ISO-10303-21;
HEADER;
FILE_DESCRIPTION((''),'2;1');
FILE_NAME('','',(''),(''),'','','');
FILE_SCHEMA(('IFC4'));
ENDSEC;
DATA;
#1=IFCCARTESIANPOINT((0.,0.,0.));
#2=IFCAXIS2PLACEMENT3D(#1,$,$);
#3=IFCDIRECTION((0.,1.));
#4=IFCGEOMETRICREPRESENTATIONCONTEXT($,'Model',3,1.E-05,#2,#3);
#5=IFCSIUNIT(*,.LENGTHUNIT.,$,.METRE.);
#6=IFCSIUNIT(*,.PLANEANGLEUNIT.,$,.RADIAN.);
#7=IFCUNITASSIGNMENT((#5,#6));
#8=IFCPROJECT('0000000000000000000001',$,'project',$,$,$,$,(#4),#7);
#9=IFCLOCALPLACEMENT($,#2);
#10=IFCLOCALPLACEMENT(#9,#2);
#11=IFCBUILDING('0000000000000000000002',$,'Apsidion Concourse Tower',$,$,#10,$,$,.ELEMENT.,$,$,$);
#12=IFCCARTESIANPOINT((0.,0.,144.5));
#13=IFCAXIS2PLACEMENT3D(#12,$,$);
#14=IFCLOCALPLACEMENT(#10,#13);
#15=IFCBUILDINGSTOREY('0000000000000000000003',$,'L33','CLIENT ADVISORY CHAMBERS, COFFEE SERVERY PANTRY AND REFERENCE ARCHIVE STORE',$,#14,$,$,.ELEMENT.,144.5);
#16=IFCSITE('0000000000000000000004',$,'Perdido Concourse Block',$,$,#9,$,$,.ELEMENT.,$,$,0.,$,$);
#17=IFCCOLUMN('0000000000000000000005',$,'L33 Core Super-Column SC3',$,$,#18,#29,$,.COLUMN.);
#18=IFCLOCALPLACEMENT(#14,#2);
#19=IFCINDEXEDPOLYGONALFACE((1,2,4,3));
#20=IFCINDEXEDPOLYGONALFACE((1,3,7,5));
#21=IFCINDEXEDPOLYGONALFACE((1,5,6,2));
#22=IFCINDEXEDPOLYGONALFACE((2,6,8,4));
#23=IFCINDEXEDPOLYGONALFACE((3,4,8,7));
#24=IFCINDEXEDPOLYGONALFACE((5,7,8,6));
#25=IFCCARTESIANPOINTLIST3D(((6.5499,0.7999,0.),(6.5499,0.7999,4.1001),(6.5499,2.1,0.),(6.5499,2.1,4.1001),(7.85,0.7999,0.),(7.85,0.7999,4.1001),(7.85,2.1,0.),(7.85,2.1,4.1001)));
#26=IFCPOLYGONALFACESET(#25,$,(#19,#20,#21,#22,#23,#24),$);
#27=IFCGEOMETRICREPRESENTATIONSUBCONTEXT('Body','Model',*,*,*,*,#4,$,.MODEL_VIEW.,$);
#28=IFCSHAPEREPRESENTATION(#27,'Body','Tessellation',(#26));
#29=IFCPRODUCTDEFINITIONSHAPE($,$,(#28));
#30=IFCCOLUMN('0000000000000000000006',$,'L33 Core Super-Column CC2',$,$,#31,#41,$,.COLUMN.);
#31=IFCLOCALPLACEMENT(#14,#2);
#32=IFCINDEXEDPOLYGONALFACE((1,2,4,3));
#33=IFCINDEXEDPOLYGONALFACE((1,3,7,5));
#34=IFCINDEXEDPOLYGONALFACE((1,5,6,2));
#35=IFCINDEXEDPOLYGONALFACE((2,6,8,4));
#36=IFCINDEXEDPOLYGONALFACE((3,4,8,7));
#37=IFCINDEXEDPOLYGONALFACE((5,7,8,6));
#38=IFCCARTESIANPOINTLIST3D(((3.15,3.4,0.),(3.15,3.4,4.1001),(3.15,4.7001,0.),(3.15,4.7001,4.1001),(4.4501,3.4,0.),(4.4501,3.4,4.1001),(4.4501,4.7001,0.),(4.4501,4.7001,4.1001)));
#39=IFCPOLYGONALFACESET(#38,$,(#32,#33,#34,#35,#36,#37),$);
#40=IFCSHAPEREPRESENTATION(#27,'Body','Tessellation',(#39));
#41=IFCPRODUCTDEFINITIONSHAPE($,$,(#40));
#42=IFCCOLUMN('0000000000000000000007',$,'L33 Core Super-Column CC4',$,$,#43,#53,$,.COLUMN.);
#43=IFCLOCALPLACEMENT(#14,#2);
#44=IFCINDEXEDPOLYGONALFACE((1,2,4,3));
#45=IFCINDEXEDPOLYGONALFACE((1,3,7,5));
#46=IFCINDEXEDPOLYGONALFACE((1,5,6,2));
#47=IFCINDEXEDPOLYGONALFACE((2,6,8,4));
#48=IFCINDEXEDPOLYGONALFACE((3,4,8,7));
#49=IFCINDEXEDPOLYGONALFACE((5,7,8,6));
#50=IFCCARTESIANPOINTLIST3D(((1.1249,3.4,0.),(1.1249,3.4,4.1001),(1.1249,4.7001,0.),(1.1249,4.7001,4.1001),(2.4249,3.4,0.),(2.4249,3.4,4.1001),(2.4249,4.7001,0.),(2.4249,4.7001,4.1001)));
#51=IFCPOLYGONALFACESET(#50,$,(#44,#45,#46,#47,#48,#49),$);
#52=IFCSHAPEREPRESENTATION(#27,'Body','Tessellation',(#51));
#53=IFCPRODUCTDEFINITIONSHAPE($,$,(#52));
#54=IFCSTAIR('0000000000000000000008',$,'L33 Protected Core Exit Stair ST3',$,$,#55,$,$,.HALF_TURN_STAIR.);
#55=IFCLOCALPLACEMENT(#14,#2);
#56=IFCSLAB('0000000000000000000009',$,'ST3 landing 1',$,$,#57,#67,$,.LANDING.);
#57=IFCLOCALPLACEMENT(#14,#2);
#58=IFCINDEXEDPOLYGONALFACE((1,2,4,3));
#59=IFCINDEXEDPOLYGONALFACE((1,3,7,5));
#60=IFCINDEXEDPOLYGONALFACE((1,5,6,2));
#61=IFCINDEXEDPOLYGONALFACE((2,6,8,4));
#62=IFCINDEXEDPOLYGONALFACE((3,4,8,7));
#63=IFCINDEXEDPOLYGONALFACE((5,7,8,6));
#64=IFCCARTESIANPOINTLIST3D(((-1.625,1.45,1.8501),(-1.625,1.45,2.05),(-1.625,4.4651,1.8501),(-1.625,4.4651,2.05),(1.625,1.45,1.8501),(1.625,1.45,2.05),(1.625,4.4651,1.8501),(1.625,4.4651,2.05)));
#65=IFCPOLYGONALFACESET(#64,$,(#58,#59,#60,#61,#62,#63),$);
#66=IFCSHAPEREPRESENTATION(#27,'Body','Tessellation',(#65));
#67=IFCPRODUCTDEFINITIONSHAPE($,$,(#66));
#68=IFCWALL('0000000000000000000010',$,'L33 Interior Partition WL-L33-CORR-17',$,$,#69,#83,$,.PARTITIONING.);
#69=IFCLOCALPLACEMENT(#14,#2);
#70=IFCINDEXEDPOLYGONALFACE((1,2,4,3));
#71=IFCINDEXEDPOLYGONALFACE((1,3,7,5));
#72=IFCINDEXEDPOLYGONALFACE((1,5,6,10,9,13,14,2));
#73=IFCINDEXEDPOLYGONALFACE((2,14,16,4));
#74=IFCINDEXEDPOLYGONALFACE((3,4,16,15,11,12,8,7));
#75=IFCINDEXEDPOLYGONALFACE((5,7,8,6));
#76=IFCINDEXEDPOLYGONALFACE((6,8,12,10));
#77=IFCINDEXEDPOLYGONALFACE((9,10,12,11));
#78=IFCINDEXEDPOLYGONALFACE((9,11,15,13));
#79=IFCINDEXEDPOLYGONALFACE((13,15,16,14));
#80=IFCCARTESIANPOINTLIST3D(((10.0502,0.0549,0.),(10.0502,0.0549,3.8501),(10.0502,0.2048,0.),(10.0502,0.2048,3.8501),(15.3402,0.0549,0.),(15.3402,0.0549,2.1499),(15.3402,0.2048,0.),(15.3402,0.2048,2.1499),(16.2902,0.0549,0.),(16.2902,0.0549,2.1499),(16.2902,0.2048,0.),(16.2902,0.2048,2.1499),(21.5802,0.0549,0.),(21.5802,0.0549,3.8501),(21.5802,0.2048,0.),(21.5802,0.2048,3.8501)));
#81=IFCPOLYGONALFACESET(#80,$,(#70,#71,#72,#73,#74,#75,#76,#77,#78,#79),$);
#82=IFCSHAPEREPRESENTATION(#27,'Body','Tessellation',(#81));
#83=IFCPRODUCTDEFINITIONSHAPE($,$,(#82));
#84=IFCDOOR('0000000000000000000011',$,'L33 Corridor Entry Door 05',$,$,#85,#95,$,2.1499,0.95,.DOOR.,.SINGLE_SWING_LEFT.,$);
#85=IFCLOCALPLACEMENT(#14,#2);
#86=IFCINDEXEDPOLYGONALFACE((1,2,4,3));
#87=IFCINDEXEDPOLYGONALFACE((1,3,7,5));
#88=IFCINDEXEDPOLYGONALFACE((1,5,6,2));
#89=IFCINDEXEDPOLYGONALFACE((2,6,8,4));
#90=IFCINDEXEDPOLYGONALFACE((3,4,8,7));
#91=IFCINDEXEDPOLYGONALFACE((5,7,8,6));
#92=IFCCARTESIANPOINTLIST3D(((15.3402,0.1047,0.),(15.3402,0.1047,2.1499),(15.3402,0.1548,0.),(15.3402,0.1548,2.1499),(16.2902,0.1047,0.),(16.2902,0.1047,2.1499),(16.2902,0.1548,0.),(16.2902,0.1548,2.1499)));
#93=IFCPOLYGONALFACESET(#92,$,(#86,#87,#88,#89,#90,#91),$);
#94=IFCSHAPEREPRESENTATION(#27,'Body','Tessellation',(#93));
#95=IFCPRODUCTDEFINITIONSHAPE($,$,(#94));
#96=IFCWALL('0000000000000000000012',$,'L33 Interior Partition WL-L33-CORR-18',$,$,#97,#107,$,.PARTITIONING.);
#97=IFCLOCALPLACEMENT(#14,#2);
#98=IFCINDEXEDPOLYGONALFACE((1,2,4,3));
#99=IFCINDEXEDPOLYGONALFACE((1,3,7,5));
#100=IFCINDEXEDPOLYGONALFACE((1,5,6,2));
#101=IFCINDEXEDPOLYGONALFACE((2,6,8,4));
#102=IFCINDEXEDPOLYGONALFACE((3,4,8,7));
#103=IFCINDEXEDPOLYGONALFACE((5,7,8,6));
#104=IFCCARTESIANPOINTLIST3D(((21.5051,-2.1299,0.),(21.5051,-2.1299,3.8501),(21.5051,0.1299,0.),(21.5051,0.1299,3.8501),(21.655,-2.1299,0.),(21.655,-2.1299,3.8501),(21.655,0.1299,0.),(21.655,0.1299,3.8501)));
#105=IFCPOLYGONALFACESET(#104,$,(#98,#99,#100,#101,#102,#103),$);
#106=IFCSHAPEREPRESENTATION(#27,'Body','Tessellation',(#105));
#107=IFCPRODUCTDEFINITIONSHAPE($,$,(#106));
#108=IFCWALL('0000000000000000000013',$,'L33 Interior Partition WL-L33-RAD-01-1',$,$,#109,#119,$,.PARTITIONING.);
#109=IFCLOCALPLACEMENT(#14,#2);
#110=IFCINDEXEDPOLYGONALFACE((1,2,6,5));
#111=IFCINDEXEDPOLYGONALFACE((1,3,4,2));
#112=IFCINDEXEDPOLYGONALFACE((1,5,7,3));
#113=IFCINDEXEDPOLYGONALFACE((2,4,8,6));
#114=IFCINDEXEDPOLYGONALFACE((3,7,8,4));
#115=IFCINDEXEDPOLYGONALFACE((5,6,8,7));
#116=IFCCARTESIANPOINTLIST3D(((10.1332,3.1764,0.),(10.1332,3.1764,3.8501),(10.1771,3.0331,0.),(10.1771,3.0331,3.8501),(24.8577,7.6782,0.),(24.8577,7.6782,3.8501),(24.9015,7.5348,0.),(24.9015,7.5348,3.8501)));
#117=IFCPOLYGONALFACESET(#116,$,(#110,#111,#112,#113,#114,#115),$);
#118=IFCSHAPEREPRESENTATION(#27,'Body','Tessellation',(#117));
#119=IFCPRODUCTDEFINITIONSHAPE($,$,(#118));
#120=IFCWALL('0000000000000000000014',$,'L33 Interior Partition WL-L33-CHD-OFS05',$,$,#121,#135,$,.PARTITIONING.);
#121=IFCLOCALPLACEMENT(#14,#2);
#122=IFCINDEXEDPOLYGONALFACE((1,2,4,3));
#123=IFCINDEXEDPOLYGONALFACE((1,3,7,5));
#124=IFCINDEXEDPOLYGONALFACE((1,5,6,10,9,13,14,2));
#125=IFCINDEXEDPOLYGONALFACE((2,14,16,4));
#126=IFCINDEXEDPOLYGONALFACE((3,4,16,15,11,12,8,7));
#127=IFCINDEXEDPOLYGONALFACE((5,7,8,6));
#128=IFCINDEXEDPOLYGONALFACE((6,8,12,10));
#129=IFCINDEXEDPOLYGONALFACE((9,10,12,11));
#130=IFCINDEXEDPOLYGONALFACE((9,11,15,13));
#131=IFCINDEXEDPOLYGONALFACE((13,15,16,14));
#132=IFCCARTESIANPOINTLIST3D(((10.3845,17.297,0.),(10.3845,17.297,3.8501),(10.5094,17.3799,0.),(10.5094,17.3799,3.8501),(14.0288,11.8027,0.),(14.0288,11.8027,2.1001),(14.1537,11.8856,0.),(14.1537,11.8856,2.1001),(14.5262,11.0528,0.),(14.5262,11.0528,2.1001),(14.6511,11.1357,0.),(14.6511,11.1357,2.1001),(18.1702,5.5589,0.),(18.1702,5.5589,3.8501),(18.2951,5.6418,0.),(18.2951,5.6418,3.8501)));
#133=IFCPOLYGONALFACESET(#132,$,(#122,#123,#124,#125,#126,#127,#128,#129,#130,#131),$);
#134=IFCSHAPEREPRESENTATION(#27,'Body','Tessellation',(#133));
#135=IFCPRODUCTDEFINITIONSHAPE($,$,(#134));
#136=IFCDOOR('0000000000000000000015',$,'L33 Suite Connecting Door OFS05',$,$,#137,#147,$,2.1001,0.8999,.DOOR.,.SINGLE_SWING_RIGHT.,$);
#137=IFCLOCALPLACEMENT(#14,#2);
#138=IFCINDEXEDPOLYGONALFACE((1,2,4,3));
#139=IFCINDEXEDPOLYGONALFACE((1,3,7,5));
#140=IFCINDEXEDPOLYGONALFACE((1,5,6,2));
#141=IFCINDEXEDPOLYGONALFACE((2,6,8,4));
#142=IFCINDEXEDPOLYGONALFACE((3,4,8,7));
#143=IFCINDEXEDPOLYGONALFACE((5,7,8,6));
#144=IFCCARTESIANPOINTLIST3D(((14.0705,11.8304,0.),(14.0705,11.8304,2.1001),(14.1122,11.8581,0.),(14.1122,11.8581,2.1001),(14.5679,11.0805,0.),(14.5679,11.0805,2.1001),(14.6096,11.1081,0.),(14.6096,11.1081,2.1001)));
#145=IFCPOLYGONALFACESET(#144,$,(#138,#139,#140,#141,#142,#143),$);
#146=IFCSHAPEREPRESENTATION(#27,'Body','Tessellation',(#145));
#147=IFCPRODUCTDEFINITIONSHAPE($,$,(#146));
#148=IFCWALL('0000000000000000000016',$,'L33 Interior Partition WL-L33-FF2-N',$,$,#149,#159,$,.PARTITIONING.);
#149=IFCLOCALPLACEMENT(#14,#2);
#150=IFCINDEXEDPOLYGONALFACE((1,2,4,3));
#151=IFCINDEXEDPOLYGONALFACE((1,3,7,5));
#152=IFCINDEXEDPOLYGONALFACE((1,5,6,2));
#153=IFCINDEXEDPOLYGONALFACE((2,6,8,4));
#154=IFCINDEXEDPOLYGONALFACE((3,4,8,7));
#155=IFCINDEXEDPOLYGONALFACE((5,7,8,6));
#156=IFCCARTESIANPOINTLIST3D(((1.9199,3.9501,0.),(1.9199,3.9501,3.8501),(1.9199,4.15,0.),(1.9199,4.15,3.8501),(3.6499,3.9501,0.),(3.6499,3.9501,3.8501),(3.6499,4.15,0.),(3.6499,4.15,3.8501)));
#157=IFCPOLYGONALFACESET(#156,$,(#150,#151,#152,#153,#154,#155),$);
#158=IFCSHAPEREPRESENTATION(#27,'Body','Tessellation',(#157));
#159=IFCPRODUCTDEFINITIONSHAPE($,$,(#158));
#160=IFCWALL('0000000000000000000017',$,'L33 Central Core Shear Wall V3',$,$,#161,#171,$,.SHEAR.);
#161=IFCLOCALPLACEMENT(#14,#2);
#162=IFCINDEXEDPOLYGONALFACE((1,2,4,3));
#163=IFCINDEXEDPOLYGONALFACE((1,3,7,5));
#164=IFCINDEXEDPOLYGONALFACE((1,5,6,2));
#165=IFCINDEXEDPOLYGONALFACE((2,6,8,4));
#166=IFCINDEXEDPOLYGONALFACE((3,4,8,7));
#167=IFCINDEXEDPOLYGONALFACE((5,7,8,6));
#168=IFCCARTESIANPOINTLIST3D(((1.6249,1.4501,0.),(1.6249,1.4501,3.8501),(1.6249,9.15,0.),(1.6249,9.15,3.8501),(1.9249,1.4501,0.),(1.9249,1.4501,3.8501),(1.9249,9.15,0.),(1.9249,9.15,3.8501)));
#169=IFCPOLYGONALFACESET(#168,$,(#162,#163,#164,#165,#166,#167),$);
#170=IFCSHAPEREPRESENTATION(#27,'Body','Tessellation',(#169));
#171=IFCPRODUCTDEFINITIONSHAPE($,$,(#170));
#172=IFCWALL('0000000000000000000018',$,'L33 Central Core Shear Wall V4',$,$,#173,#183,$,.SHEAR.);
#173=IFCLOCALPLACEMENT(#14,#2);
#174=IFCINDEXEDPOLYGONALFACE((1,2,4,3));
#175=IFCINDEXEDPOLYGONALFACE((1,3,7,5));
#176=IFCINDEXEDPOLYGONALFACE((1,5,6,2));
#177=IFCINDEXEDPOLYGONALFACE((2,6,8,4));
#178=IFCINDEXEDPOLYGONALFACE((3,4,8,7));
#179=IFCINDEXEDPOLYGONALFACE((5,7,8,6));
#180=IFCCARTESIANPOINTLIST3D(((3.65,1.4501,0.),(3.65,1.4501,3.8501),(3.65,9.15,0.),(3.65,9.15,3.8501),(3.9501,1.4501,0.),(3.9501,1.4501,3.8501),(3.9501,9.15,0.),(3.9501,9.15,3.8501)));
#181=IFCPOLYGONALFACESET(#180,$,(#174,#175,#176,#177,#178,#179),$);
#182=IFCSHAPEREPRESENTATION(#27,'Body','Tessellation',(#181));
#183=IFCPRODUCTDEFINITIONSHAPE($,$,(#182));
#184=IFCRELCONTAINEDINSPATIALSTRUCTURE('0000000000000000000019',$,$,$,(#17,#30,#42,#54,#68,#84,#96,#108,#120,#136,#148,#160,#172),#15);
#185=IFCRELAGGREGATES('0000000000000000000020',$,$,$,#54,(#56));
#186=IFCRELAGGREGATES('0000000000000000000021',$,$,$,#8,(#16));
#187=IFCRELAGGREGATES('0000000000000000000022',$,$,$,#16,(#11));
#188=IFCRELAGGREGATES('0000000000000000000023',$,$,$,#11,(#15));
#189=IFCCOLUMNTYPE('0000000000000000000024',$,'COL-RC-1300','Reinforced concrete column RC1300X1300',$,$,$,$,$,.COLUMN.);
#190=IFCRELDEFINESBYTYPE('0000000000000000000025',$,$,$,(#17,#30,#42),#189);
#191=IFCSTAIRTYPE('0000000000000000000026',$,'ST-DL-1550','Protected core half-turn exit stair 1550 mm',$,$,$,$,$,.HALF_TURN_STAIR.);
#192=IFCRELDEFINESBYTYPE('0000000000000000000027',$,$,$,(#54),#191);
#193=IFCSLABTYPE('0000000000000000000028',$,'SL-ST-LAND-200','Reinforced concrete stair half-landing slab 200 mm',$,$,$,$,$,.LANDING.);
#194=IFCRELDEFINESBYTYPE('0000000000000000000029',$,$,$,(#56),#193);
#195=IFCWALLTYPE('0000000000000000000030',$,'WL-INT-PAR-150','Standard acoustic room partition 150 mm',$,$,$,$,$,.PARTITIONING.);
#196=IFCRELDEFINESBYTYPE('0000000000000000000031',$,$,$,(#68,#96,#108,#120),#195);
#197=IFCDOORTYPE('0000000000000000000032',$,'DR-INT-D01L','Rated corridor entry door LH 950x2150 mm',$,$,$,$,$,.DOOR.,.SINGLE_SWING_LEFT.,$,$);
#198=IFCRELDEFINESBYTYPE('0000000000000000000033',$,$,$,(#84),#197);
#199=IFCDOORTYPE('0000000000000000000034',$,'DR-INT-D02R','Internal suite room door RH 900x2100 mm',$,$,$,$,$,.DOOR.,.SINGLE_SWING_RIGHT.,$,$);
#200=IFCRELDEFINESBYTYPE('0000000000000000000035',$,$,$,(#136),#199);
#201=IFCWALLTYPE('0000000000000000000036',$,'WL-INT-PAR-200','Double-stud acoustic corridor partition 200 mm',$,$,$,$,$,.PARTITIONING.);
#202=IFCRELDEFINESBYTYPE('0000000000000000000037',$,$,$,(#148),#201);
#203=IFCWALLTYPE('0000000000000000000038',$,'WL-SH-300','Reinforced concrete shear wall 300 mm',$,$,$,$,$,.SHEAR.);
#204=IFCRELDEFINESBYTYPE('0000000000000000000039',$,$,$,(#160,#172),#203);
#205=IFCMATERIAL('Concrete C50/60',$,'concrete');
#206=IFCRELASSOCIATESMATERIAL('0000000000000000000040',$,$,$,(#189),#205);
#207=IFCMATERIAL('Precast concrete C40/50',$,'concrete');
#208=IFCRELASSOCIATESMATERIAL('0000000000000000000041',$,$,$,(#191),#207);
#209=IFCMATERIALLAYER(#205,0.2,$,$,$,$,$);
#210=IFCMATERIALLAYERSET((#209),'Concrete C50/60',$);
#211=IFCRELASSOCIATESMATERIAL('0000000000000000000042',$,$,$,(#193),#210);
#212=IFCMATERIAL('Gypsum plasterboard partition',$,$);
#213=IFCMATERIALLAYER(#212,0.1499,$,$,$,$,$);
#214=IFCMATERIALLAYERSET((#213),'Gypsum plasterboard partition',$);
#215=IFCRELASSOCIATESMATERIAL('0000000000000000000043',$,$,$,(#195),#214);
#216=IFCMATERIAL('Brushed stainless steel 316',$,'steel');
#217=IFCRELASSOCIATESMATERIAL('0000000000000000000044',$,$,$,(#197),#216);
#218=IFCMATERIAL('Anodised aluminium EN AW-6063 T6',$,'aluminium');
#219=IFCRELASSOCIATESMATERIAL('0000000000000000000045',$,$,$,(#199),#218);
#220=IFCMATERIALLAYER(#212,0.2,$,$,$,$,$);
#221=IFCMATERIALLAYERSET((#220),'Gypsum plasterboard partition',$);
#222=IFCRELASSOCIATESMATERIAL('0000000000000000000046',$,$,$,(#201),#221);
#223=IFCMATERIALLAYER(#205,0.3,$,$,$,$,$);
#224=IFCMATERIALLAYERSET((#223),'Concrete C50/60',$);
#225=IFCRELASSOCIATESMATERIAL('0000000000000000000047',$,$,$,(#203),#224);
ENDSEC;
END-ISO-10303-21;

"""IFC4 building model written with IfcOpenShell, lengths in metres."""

from ifc_helpers import new_model, si_unit, direction, frame, frame_2d, origin, origin_2d, place, context, subcontext, project, spatial, polyline, rectangle, outline, extrude, material, layer, layer_set, material_profile, profile_set, type_object, element, fill, aggregate, save


model = new_model("IFC4")

# Units and contexts
model_context = context("Model", 3, precision=1e-05, world=origin(), true_north=direction((0.0, 1.0)))
body_context = subcontext(model_context, "Body", "Model", "MODEL_VIEW")
ifc_project = project(units=[si_unit("LENGTHUNIT", "METRE"), si_unit("PLANEANGLEUNIT", "RADIAN")], contexts=[model_context])

# Site, building, storey
site_placement = place(None, origin())
site = spatial("IfcSite", under=ifc_project, at=site_placement, Name="Perdido Concourse Block", CompositionType="ELEMENT", RefElevation=0.0)
building_placement = place(site_placement, origin())
building = spatial("IfcBuilding", under=site, at=building_placement, Name="Apsidion Concourse Tower", CompositionType="ELEMENT")
storey_placement = place(building_placement, frame((0.0, 0.0, 144.5)))
storey = spatial("IfcBuildingStorey", under=building, at=storey_placement, Name="L33", Description="CLIENT ADVISORY CHAMBERS, COFFEE SERVERY PANTRY AND REFERENCE ARCHIVE STORE", CompositionType="ELEMENT", Elevation=144.5)

# Columns
ifc_material_1 = material(Name="Concrete C50/60", Category="concrete")
ifc_material_profile = material_profile(ifc_material_1, rectangle(XDim=1.3, YDim=1.3, at=origin_2d()), Name="RC 1300x1300")
ifc_profile_set = profile_set([ifc_material_profile], Name="Concrete C50/60")
column_type = type_object("IfcColumnType", Name="COL-RC-1300", Description="Reinforced concrete column RC1300X1300", PredefinedType="COLUMN", material=ifc_profile_set)
for number, where, z_axis, x_axis, name in (
    (1, (7.2, 1.45, 0.0), (0.0, 0.0, 1.0), (1.0, 0.0, 0.0), "L33 Core Super-Column SC3"),
    (2, (3.8, 4.05, 0.0), (0.0, 0.0, 1.0), (1.0, 0.0, 0.0), "L33 Core Super-Column CC2"),
    (3, (1.7749, 4.05, 0.0), (0.0, 0.0, 1.0), (1.0, 0.0, 0.0), "L33 Core Super-Column CC4"),
):
    element("IfcColumn", number, at=place(storey_placement, frame(where, z_axis=z_axis, x_axis=x_axis)), inside=storey, type_object=column_type, Name=name, PredefinedType="COLUMN", context=body_context, shape_type="SweptSolid", body=[
        extrude(rectangle(XDim=1.3, YDim=1.3, at=origin_2d()), origin(), (0.0, 0.0, 1.0), 4.1001),
    ])

# Stair, slab
ifc_material_2 = material(Name="Precast concrete C40/50", Category="concrete")
stair_type = type_object("IfcStairType", Name="ST-DL-1550", Description="Protected core half-turn exit stair 1550 mm", PredefinedType="HALF_TURN_STAIR", material=ifc_material_2)
stair_1_placement = place(storey_placement, origin())
stair_1 = element("IfcStair", 4, at=stair_1_placement, inside=storey, type_object=stair_type, Name="L33 Protected Core Exit Stair ST3", PredefinedType="HALF_TURN_STAIR")
ifc_layer_1 = layer(ifc_material_1, 0.2)
ifc_layer_set_1 = layer_set([ifc_layer_1], Name="Concrete C50/60")
slab_type = type_object("IfcSlabType", Name="SL-ST-LAND-200", Description="Reinforced concrete stair half-landing slab 200 mm", PredefinedType="LANDING", material=ifc_layer_set_1)
slab_placement = place(storey_placement, frame((0.0, 0.0, 1.8501)))
slab = element("IfcSlab", 5, at=slab_placement, type_object=slab_type, Name="ST3 landing 1", PredefinedType="LANDING", context=body_context, shape_type="SweptSolid", body=[
    extrude(outline(polyline([(-1.625, 4.4651), (-1.625, 1.45), (1.625, 1.45), (1.625, 4.4651), (-1.625, 4.4651)])), origin(), (0.0, 0.0, 1.0), 0.2),
])

# Wall, opening, door
ifc_material_3 = material(Name="Gypsum plasterboard partition")
ifc_layer_2 = layer(ifc_material_3, 0.1499)
ifc_layer_set_2 = layer_set([ifc_layer_2], Name="Gypsum plasterboard partition")
wall_type_1 = type_object("IfcWallType", Name="WL-INT-PAR-150", Description="Standard acoustic room partition 150 mm", PredefinedType="PARTITIONING", material=ifc_layer_set_2)
wall_1_placement = place(storey_placement, frame((10.05, 0.1299, 0.0), z_axis=(0.0, 0.0, 1.0), x_axis=(1.0, 0.0, 0.0)))
wall_1 = element("IfcWall", 6, at=wall_1_placement, inside=storey, type_object=wall_type_1, Name="L33 Interior Partition WL-L33-CORR-17", PredefinedType="PARTITIONING", context=body_context, shape_type="SweptSolid", body=[
    extrude(rectangle(XDim=11.53, YDim=0.1499, at=frame_2d((5.7651, 0.0))), origin(), (0.0, 0.0, 1.0), 3.8501),
])
opening_1_placement = place(wall_1_placement, frame((5.29, 0.0, 0.0)))
opening_1 = element("IfcOpeningElement", 7, at=opening_1_placement, cuts=wall_1, PredefinedType="OPENING", context=body_context, shape_type="SweptSolid", body=[
    extrude(rectangle(XDim=0.95, YDim=2.1499, at=frame_2d((0.4751, 1.075))), frame((0.0, 0.085, 0.0), z_axis=(0.0, -1.0, 0.0), x_axis=(1.0, 0.0, 0.0)), (0.0, 0.0, 1.0), 0.1699),
])
ifc_material_4 = material(Name="Brushed stainless steel 316", Category="steel")
door_type_1 = type_object("IfcDoorType", Name="DR-INT-D01L", Description="Rated corridor entry door LH 950x2150 mm", OperationType="SINGLE_SWING_LEFT", PredefinedType="DOOR", material=ifc_material_4)
door_1_placement = place(opening_1_placement, origin())
door_1 = element("IfcDoor", 8, at=door_1_placement, inside=storey, type_object=door_type_1, Name="L33 Corridor Entry Door 05", OperationType="SINGLE_SWING_LEFT", OverallHeight=2.1499, OverallWidth=0.95, PredefinedType="DOOR", context=body_context, shape_type="SweptSolid", body=[
    extrude(rectangle(XDim=0.95, YDim=2.1499, at=frame_2d((0.4751, 1.075))), frame((0.0, 0.0249, 0.0), z_axis=(0.0, -1.0, 0.0), x_axis=(1.0, 0.0, 0.0)), (0.0, 0.0, 1.0), 0.05),
])
fill(opening_1, door_1)

# Walls
wall_2_placement = place(storey_placement, frame((21.5801, 0.1299, 0.0), z_axis=(0.0, 0.0, 1.0), x_axis=(0.0, -1.0, 0.0)))
element("IfcWall", 9, at=wall_2_placement, inside=storey, type_object=wall_type_1, Name="L33 Interior Partition WL-L33-CORR-18", PredefinedType="PARTITIONING", context=body_context, shape_type="SweptSolid", body=[
    extrude(rectangle(XDim=2.2598, YDim=0.1499, at=frame_2d((1.1299, 0.0))), origin(), (0.0, 0.0, 1.0), 3.8501),
])
wall_3_placement = place(storey_placement, frame((10.155, 3.1047, 0.0), z_axis=(0.0, 0.0, 1.0), x_axis=(0.956304, 0.292373, 0.0)))
element("IfcWall", 10, at=wall_3_placement, inside=storey, type_object=wall_type_1, Name="L33 Interior Partition WL-L33-RAD-01-1", PredefinedType="PARTITIONING", context=body_context, shape_type="SweptSolid", body=[
    extrude(rectangle(XDim=15.3972, YDim=0.1499, at=frame_2d((7.6987, 0.0))), origin(), (0.0, 0.0, 1.0), 3.8501),
])

# Wall, opening, door
wall_4_placement = place(storey_placement, frame((18.2327, 5.6003, 0.0), z_axis=(0.0, 0.0, 1.0), x_axis=(-0.552747, 0.833349, 0.0)))
wall_4 = element("IfcWall", 11, at=wall_4_placement, inside=storey, type_object=wall_type_1, Name="L33 Interior Partition WL-L33-CHD-OFS05", PredefinedType="PARTITIONING", context=body_context, shape_type="SweptSolid", body=[
    extrude(rectangle(XDim=14.0854, YDim=0.1499, at=frame_2d((7.0427, 0.0))), origin(), (0.0, 0.0, 1.0), 3.8501),
])
opening_2_placement = place(wall_4_placement, frame((6.5925, 0.0, 0.0)))
opening_2 = element("IfcOpeningElement", 12, at=opening_2_placement, cuts=wall_4, PredefinedType="OPENING", context=body_context, shape_type="SweptSolid", body=[
    extrude(rectangle(XDim=0.8999, YDim=2.1001, at=frame_2d((0.45, 1.05))), frame((0.0, 0.085, 0.0), z_axis=(0.0, -1.0, 0.0), x_axis=(1.0, 0.0, 0.0)), (0.0, 0.0, 1.0), 0.1699),
])
ifc_material_5 = material(Name="Anodised aluminium EN AW-6063 T6", Category="aluminium")
door_type_2 = type_object("IfcDoorType", Name="DR-INT-D02R", Description="Internal suite room door RH 900x2100 mm", OperationType="SINGLE_SWING_RIGHT", PredefinedType="DOOR", material=ifc_material_5)
door_2_placement = place(opening_2_placement, origin())
door_2 = element("IfcDoor", 13, at=door_2_placement, inside=storey, type_object=door_type_2, Name="L33 Suite Connecting Door OFS05", OperationType="SINGLE_SWING_RIGHT", OverallHeight=2.1001, OverallWidth=0.8999, PredefinedType="DOOR", context=body_context, shape_type="SweptSolid", body=[
    extrude(rectangle(XDim=0.8999, YDim=2.1001, at=frame_2d((0.45, 1.05))), frame((0.0, 0.0249, 0.0), z_axis=(0.0, -1.0, 0.0), x_axis=(1.0, 0.0, 0.0)), (0.0, 0.0, 1.0), 0.05),
])
fill(opening_2, door_2)

# Walls
ifc_layer_3 = layer(ifc_material_3, 0.2)
ifc_layer_set_3 = layer_set([ifc_layer_3], Name="Gypsum plasterboard partition")
wall_type_2 = type_object("IfcWallType", Name="WL-INT-PAR-200", Description="Double-stud acoustic corridor partition 200 mm", PredefinedType="PARTITIONING", material=ifc_layer_set_3)
wall_5_placement = place(storey_placement, frame((1.9199, 4.05, 0.0), z_axis=(0.0, 0.0, 1.0), x_axis=(1.0, 0.0, 0.0)))
element("IfcWall", 14, at=wall_5_placement, inside=storey, type_object=wall_type_2, Name="L33 Interior Partition WL-L33-FF2-N", PredefinedType="PARTITIONING", context=body_context, shape_type="SweptSolid", body=[
    extrude(rectangle(XDim=1.73, YDim=0.2, at=frame_2d((0.865, 0.0))), origin(), (0.0, 0.0, 1.0), 3.8501),
])
ifc_layer_4 = layer(ifc_material_1, 0.3)
ifc_layer_set_4 = layer_set([ifc_layer_4], Name="Concrete C50/60")
wall_type_3 = type_object("IfcWallType", Name="WL-SH-300", Description="Reinforced concrete shear wall 300 mm", PredefinedType="SHEAR", material=ifc_layer_set_4)
for number, where, z_axis, x_axis, name in (
    (15, (1.7749, 1.45, 0.0), (0.0, 0.0, 1.0), (0.0, 1.0, 0.0), "L33 Central Core Shear Wall V3"),
    (16, (3.8, 1.45, 0.0), (0.0, 0.0, 1.0), (0.0, 1.0, 0.0), "L33 Central Core Shear Wall V4"),
):
    element("IfcWall", number, at=place(storey_placement, frame(where, z_axis=z_axis, x_axis=x_axis)), inside=storey, type_object=wall_type_3, Name=name, PredefinedType="SHEAR", context=body_context, shape_type="SweptSolid", body=[
        extrude(rectangle(XDim=7.7, YDim=0.3, at=frame_2d((3.8501, 0.0))), origin(), (0.0, 0.0, 1.0), 3.8501),
    ])

aggregate(stair_1, [slab])

save(model, "model.ifc")
